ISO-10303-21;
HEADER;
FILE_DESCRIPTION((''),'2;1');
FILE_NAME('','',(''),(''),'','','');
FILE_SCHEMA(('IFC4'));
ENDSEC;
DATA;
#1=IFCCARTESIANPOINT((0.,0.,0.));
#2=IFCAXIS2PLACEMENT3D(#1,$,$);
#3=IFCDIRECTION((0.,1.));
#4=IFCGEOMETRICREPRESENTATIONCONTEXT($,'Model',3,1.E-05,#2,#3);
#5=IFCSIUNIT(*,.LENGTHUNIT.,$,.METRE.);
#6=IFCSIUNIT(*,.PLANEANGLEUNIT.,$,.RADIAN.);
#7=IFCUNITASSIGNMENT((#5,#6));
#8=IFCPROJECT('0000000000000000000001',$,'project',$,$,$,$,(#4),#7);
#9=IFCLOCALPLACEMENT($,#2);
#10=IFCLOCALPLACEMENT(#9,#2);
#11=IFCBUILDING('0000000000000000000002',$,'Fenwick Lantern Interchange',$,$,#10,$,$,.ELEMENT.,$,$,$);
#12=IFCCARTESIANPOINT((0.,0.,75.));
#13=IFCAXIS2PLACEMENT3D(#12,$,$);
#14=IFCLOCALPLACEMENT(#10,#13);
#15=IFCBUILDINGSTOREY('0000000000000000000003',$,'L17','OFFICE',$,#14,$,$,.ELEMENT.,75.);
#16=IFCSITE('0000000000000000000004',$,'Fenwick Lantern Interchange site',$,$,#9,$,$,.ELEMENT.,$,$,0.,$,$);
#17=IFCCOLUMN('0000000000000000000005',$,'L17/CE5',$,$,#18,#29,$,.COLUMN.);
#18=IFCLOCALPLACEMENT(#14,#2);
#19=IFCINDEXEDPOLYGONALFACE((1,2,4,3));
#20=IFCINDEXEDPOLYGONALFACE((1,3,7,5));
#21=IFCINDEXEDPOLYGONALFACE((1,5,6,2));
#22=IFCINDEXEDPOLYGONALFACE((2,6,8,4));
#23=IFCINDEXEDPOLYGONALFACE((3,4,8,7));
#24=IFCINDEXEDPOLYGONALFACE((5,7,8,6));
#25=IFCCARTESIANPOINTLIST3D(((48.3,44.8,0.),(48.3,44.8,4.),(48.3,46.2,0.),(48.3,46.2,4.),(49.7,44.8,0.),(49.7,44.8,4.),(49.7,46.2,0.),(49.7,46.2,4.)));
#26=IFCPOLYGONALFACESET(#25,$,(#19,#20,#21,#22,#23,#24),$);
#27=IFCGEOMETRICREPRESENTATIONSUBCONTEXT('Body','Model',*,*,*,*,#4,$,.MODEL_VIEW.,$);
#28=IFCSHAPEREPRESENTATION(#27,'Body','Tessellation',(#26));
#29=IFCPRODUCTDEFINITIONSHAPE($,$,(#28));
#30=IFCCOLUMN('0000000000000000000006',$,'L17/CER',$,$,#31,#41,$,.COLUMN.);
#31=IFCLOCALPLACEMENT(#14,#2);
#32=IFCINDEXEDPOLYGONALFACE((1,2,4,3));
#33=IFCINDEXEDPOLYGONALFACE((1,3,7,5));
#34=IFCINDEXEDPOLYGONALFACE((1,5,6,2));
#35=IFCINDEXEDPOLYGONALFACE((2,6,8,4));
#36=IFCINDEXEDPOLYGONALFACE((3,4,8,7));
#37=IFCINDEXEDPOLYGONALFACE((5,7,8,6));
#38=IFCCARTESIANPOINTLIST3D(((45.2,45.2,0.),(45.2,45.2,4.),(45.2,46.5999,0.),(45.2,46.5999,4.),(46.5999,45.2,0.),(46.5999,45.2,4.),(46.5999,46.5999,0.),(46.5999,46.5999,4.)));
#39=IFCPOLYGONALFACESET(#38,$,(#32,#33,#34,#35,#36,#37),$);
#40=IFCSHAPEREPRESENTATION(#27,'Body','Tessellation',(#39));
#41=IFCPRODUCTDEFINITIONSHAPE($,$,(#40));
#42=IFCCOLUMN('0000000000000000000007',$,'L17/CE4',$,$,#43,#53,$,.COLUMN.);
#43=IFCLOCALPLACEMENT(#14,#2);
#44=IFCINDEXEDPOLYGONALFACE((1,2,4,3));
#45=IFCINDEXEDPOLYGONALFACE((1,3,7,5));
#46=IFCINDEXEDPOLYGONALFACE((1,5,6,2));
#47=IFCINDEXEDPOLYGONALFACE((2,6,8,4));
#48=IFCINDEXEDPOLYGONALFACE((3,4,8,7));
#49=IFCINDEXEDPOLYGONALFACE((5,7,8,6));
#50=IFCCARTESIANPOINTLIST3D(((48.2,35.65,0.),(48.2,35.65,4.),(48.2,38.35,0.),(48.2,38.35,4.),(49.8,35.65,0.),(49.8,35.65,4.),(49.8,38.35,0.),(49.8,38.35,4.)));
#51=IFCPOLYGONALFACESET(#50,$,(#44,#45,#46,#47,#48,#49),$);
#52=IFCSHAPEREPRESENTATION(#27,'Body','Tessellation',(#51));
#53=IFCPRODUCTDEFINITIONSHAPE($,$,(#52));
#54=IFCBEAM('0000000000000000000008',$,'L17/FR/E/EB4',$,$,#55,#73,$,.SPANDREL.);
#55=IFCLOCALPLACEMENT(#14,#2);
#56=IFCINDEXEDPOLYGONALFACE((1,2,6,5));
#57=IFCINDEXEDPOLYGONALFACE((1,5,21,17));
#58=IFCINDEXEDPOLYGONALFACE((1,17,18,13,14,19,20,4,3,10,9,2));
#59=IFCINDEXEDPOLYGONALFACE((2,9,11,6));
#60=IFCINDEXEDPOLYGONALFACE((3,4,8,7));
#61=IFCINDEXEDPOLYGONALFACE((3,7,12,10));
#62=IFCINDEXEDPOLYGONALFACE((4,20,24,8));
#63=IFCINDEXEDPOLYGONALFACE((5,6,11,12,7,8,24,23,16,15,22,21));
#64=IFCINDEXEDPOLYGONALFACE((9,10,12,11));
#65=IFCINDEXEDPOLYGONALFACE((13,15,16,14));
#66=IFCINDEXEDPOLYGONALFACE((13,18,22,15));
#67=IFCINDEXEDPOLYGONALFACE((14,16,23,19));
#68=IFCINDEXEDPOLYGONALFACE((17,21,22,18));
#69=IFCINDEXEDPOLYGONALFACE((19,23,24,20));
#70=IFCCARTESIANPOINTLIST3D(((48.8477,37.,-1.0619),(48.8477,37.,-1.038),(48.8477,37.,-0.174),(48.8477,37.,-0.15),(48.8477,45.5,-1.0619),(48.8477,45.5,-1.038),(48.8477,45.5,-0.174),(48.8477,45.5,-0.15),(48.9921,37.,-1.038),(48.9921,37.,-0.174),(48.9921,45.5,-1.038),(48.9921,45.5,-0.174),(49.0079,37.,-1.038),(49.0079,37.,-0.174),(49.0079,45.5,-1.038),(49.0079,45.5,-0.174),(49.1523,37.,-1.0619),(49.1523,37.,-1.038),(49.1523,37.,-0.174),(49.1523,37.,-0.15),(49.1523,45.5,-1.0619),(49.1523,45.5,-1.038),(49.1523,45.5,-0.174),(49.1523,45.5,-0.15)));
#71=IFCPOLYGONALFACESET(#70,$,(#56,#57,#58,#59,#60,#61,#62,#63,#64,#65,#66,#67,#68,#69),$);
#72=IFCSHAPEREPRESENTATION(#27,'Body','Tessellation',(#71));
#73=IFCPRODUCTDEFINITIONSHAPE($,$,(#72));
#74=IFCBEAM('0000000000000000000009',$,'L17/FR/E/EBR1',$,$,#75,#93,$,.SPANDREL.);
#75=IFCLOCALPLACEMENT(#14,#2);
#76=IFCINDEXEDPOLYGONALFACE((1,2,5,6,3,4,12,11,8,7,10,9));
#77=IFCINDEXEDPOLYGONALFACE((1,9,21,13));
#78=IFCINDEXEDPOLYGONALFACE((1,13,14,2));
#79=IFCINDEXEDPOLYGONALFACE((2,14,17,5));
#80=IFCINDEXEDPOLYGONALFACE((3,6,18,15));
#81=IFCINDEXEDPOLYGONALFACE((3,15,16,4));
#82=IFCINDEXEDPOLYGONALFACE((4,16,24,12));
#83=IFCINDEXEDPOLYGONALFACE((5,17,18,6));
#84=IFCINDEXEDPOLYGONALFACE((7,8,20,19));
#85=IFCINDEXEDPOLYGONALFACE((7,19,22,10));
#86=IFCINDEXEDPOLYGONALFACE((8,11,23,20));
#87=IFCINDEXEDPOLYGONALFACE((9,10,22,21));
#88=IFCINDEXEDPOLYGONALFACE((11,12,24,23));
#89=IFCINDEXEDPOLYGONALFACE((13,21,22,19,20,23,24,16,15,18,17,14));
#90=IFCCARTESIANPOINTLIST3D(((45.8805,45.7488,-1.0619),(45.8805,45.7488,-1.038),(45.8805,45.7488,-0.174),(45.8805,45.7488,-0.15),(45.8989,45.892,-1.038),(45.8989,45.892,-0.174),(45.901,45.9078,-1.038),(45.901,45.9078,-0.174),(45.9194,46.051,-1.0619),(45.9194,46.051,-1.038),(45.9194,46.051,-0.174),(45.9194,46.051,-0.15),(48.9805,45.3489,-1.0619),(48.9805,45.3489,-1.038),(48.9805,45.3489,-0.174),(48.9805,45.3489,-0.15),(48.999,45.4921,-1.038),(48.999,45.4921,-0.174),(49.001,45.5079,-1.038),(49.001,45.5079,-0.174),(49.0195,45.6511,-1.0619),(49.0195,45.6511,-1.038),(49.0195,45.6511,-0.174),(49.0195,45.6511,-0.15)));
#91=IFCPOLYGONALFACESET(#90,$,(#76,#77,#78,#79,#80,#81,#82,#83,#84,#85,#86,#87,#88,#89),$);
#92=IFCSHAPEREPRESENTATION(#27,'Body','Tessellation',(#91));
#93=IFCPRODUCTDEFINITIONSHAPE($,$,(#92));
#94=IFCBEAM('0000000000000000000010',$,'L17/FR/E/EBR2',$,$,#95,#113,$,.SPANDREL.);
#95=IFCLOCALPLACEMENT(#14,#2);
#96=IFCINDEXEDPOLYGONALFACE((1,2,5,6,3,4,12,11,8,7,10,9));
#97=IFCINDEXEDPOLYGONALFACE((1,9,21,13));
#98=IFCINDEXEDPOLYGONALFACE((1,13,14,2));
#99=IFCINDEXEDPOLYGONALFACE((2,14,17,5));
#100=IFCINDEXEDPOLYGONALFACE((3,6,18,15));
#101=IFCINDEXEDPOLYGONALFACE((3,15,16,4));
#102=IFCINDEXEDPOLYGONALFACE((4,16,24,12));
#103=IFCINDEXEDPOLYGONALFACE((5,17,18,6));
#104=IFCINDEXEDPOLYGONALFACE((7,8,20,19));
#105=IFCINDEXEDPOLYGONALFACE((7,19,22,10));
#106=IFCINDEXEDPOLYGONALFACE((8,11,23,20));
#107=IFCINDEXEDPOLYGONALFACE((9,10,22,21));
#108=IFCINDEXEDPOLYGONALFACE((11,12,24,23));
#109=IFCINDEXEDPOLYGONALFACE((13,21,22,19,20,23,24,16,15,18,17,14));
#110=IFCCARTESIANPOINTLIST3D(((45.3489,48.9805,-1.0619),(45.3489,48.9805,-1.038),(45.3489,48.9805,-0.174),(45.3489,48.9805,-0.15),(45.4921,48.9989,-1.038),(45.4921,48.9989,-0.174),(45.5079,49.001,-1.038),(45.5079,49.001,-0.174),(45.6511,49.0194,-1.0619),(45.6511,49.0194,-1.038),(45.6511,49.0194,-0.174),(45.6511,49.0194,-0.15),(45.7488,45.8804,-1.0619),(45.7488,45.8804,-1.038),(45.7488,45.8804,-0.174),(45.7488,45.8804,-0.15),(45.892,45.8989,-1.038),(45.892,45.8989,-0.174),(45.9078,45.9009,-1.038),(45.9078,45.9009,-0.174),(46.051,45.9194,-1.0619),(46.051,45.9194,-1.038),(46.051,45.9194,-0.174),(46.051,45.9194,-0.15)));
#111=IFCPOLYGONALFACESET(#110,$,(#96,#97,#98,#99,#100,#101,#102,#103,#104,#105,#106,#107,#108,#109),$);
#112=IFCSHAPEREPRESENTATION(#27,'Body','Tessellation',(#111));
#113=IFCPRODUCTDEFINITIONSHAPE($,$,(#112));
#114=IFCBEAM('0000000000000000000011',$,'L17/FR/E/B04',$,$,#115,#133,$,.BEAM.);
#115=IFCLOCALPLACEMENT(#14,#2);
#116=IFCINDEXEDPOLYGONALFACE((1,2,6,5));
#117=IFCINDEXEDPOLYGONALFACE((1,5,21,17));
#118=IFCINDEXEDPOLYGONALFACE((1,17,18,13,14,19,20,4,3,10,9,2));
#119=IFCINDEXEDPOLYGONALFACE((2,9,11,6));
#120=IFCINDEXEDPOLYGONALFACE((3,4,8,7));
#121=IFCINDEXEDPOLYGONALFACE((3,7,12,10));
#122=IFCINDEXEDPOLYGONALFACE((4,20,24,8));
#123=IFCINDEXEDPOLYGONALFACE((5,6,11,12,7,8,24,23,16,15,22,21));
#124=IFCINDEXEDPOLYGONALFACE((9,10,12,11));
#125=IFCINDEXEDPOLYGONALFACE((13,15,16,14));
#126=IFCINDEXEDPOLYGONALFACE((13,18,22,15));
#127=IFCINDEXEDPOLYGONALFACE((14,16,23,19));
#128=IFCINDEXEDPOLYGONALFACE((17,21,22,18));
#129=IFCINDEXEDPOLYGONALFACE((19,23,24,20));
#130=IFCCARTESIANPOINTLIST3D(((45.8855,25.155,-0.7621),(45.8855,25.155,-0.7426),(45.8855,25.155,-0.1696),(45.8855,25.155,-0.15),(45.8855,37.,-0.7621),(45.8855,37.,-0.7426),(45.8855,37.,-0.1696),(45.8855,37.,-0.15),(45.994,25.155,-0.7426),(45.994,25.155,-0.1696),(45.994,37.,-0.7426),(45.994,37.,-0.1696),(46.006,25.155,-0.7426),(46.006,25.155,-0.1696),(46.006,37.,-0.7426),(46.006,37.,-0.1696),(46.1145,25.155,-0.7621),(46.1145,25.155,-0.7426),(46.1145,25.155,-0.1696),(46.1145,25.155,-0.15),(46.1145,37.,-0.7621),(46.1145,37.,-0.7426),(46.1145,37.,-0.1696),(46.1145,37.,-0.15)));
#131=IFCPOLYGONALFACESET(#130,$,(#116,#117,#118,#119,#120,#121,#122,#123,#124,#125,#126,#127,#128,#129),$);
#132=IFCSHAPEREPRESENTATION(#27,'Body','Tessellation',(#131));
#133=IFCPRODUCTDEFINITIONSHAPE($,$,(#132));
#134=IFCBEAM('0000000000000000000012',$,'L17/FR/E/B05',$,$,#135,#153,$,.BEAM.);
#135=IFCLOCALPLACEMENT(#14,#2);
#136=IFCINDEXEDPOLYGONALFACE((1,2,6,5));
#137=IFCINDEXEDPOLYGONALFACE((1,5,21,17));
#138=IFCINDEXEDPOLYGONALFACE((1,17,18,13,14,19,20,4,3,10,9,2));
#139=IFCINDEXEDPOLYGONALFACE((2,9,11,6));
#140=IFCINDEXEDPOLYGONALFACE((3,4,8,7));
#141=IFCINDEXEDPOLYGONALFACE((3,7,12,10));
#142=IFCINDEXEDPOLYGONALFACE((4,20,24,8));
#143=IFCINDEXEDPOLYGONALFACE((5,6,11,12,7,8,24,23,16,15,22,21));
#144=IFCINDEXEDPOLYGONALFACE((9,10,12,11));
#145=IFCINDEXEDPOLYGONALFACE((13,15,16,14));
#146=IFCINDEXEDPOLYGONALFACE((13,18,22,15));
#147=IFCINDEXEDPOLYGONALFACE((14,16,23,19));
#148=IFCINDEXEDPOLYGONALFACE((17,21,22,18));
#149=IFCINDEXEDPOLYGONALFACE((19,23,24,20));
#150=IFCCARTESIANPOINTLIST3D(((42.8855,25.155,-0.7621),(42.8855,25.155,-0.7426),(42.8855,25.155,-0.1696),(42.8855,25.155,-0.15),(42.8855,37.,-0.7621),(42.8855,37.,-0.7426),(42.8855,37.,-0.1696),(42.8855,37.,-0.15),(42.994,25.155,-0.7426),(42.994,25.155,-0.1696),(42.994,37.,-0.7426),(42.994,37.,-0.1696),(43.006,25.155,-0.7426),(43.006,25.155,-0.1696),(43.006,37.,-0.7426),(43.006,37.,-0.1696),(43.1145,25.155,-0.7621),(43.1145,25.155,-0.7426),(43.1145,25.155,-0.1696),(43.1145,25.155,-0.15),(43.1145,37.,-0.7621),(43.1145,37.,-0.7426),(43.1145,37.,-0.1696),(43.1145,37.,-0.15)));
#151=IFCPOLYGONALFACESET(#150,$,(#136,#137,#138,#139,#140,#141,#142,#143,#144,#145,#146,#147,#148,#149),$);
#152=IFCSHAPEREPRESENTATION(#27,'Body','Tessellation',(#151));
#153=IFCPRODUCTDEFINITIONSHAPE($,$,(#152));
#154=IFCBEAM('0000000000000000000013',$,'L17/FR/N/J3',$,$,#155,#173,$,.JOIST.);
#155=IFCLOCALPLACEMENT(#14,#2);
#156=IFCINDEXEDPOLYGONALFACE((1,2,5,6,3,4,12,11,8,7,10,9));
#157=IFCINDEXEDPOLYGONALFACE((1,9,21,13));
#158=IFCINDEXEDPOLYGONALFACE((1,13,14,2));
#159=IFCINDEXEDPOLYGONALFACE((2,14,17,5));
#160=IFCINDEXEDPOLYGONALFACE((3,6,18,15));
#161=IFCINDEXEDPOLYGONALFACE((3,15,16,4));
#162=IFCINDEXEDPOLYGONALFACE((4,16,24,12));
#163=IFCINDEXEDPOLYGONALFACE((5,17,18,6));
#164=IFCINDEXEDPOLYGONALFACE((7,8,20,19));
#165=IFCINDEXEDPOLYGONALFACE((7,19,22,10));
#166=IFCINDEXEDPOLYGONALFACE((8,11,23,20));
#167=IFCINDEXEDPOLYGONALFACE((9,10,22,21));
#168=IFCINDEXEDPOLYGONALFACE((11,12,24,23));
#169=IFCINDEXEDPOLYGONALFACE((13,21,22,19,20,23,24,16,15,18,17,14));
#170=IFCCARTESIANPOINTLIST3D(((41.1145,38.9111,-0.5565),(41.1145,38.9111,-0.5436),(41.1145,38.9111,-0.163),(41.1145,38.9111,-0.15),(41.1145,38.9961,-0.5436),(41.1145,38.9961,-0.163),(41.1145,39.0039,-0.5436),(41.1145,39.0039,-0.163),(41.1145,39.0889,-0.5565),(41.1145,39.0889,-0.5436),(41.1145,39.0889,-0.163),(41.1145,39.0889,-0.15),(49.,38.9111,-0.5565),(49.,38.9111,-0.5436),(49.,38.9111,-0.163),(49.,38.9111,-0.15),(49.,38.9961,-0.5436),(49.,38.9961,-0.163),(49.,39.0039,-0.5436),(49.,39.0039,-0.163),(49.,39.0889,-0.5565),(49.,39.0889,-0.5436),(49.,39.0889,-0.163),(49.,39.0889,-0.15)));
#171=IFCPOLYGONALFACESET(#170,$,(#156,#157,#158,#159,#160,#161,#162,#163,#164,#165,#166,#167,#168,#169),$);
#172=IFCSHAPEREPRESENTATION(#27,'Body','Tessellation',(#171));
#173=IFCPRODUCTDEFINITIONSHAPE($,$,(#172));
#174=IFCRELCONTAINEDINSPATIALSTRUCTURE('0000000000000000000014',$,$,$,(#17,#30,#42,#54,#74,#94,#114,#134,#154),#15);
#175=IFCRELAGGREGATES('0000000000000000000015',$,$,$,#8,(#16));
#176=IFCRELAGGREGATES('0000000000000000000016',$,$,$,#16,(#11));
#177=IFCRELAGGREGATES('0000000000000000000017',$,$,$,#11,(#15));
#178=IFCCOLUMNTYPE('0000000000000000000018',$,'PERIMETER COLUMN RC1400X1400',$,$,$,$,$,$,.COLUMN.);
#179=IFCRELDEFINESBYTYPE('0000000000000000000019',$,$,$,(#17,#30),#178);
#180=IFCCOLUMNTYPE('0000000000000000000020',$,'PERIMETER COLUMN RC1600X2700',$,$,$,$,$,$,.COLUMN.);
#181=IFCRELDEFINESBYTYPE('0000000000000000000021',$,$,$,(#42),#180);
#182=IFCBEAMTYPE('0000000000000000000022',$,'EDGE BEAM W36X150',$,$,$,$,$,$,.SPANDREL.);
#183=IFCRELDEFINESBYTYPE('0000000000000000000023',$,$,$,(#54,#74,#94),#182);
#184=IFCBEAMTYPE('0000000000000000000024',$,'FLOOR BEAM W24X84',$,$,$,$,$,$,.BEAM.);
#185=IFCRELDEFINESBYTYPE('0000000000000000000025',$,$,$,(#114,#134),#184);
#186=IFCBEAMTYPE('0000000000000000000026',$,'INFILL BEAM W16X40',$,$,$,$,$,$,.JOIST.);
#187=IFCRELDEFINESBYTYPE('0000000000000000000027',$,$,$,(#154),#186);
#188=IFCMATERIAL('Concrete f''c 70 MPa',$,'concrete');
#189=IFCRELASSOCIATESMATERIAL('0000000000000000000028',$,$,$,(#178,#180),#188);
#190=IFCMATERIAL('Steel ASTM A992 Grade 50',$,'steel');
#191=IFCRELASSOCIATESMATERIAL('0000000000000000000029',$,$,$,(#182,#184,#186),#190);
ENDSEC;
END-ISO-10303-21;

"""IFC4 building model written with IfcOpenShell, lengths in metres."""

from ifc_helpers import new_model, si_unit, direction, frame, origin, origin_2d, place, context, subcontext, project, spatial, rectangle, i_section, extrude, material, material_profile, profile_set, type_object, element, save


model = new_model("IFC4")

# Units and contexts
model_context = context("Model", 3, precision=1e-05, world=origin(), true_north=direction((0.0, 1.0)))
body_context = subcontext(model_context, "Body", "Model", "MODEL_VIEW")
ifc_project = project(units=[si_unit("LENGTHUNIT", "METRE"), si_unit("PLANEANGLEUNIT", "RADIAN")], contexts=[model_context])

# Site, building, storey
site_placement = place(None, origin())
site = spatial("IfcSite", under=ifc_project, at=site_placement, Name="Fenwick Lantern Interchange site", CompositionType="ELEMENT", RefElevation=0.0)
building_placement = place(site_placement, origin())
building = spatial("IfcBuilding", under=site, at=building_placement, Name="Fenwick Lantern Interchange", CompositionType="ELEMENT")
storey_placement = place(building_placement, frame((0.0, 0.0, 75.0)))
storey = spatial("IfcBuildingStorey", under=building, at=storey_placement, Name="L17", Description="OFFICE", CompositionType="ELEMENT", Elevation=75.0)

# Columns
ifc_material_1 = material(Name="Concrete f'c 70 MPa", Category="concrete")
ifc_material_profile_1 = material_profile(ifc_material_1, rectangle(XDim=1.3999, YDim=1.3999, at=origin_2d()), Name="RC1400X1400")
ifc_profile_set_1 = profile_set([ifc_material_profile_1], Name="Concrete f'c 70 MPa")
column_type_1 = type_object("IfcColumnType", Name="PERIMETER COLUMN RC1400X1400", PredefinedType="COLUMN", material=ifc_profile_set_1)
for number, where, z_axis, x_axis, name in (
    (1, (49.0, 45.5, 0.0), (0.0, 0.0, 1.0), (1.0, 0.0, 0.0), "L17/CE5"),
    (2, (45.8999, 45.8999, 0.0), (0.0, 0.0, 1.0), (1.0, 0.0, 0.0), "L17/CER"),
):
    element("IfcColumn", number, at=place(storey_placement, frame(where, z_axis=z_axis, x_axis=x_axis)), inside=storey, type_object=column_type_1, Name=name, PredefinedType="COLUMN", context=body_context, shape_type="SweptSolid", body=[
        extrude(rectangle(XDim=1.3999, YDim=1.3999, at=origin_2d()), origin(), (0.0, 0.0, 1.0), 4.0),
    ])
ifc_material_profile_2 = material_profile(ifc_material_1, rectangle(XDim=1.6001, YDim=2.7, at=origin_2d()), Name="RC1600X2700")
ifc_profile_set_2 = profile_set([ifc_material_profile_2], Name="Concrete f'c 70 MPa")
column_type_2 = type_object("IfcColumnType", Name="PERIMETER COLUMN RC1600X2700", PredefinedType="COLUMN", material=ifc_profile_set_2)
column_placement = place(storey_placement, frame((49.0, 37.0, 0.0), z_axis=(0.0, 0.0, 1.0), x_axis=(1.0, 0.0, 0.0)))
element("IfcColumn", 3, at=column_placement, inside=storey, type_object=column_type_2, Name="L17/CE4", PredefinedType="COLUMN", context=body_context, shape_type="SweptSolid", body=[
    extrude(rectangle(XDim=1.6001, YDim=2.7, at=origin_2d()), origin(), (0.0, 0.0, 1.0), 4.0),
])

# Beams
ifc_material_2 = material(Name="Steel ASTM A992 Grade 50", Category="steel")
ifc_material_profile_3 = material_profile(ifc_material_2, i_section(OverallWidth=0.3047, OverallDepth=0.9119, WebThickness=0.0159, FlangeThickness=0.0239, at=origin_2d()), Name="W36X150")
ifc_profile_set_3 = profile_set([ifc_material_profile_3], Name="Steel ASTM A992 Grade 50")
beam_type_1 = type_object("IfcBeamType", Name="EDGE BEAM W36X150", PredefinedType="SPANDREL", material=ifc_profile_set_3)
beam_1_placement = place(storey_placement, frame((49.0, 37.0, -0.606), z_axis=(0.0, 1.0, 0.0), x_axis=(-1.0, 0.0, 0.0)))
element("IfcBeam", 4, at=beam_1_placement, inside=storey, type_object=beam_type_1, Name="L17/FR/E/EB4", PredefinedType="SPANDREL", context=body_context, shape_type="SweptSolid", body=[
    extrude(i_section(OverallWidth=0.3047, OverallDepth=0.9119, WebThickness=0.0159, FlangeThickness=0.0239, at=origin_2d()), origin(), (0.0, 0.0, 1.0), 8.5),
])
for number, where, z_axis, x_axis, name in (
    (5, (49.0, 45.5, -0.606), (-0.991782, 0.127937, 0.0), (-0.127937, -0.991782, 0.0), "L17/FR/E/EBR1"),
    (6, (45.8999, 45.8999, -0.606), (-0.127937, 0.991782, 0.0), (-0.991782, -0.127937, 0.0), "L17/FR/E/EBR2"),
):
    element("IfcBeam", number, at=place(storey_placement, frame(where, z_axis=z_axis, x_axis=x_axis)), inside=storey, type_object=beam_type_1, Name=name, PredefinedType="SPANDREL", context=body_context, shape_type="SweptSolid", body=[
        extrude(i_section(OverallWidth=0.3047, OverallDepth=0.9119, WebThickness=0.0159, FlangeThickness=0.0239, at=origin_2d()), origin(), (0.0, 0.0, 1.0), 3.1257),
    ])
ifc_material_profile_4 = material_profile(ifc_material_2, i_section(OverallWidth=0.229, OverallDepth=0.6121, WebThickness=0.012, FlangeThickness=0.0195, at=origin_2d()), Name="W24X84")
ifc_profile_set_4 = profile_set([ifc_material_profile_4], Name="Steel ASTM A992 Grade 50")
beam_type_2 = type_object("IfcBeamType", Name="FLOOR BEAM W24X84", PredefinedType="BEAM", material=ifc_profile_set_4)
for number, where, z_axis, x_axis, name in (
    (7, (46.0, 25.155, -0.4561), (0.0, 1.0, 0.0), (-1.0, 0.0, 0.0), "L17/FR/E/B04"),
    (8, (43.0, 25.155, -0.4561), (0.0, 1.0, 0.0), (-1.0, 0.0, 0.0), "L17/FR/E/B05"),
):
    element("IfcBeam", number, at=place(storey_placement, frame(where, z_axis=z_axis, x_axis=x_axis)), inside=storey, type_object=beam_type_2, Name=name, PredefinedType="BEAM", context=body_context, shape_type="SweptSolid", body=[
        extrude(i_section(OverallWidth=0.229, OverallDepth=0.6121, WebThickness=0.012, FlangeThickness=0.0195, at=origin_2d()), origin(), (0.0, 0.0, 1.0), 11.845),
    ])
ifc_material_profile_5 = material_profile(ifc_material_2, i_section(OverallWidth=0.1777, OverallDepth=0.4065, WebThickness=0.0078, FlangeThickness=0.0129, at=origin_2d()), Name="W16X40")
ifc_profile_set_5 = profile_set([ifc_material_profile_5], Name="Steel ASTM A992 Grade 50")
beam_type_3 = type_object("IfcBeamType", Name="INFILL BEAM W16X40", PredefinedType="JOIST", material=ifc_profile_set_5)
beam_2_placement = place(storey_placement, frame((49.0, 39.0, -0.3533), z_axis=(-1.0, 0.0, 0.0), x_axis=(0.0, -1.0, 0.0)))
element("IfcBeam", 9, at=beam_2_placement, inside=storey, type_object=beam_type_3, Name="L17/FR/N/J3", PredefinedType="JOIST", context=body_context, shape_type="SweptSolid", body=[
    extrude(i_section(OverallWidth=0.1777, OverallDepth=0.4065, WebThickness=0.0078, FlangeThickness=0.0129, at=origin_2d()), origin(), (0.0, 0.0, 1.0), 7.8855),
])

save(model, "model.ifc")
